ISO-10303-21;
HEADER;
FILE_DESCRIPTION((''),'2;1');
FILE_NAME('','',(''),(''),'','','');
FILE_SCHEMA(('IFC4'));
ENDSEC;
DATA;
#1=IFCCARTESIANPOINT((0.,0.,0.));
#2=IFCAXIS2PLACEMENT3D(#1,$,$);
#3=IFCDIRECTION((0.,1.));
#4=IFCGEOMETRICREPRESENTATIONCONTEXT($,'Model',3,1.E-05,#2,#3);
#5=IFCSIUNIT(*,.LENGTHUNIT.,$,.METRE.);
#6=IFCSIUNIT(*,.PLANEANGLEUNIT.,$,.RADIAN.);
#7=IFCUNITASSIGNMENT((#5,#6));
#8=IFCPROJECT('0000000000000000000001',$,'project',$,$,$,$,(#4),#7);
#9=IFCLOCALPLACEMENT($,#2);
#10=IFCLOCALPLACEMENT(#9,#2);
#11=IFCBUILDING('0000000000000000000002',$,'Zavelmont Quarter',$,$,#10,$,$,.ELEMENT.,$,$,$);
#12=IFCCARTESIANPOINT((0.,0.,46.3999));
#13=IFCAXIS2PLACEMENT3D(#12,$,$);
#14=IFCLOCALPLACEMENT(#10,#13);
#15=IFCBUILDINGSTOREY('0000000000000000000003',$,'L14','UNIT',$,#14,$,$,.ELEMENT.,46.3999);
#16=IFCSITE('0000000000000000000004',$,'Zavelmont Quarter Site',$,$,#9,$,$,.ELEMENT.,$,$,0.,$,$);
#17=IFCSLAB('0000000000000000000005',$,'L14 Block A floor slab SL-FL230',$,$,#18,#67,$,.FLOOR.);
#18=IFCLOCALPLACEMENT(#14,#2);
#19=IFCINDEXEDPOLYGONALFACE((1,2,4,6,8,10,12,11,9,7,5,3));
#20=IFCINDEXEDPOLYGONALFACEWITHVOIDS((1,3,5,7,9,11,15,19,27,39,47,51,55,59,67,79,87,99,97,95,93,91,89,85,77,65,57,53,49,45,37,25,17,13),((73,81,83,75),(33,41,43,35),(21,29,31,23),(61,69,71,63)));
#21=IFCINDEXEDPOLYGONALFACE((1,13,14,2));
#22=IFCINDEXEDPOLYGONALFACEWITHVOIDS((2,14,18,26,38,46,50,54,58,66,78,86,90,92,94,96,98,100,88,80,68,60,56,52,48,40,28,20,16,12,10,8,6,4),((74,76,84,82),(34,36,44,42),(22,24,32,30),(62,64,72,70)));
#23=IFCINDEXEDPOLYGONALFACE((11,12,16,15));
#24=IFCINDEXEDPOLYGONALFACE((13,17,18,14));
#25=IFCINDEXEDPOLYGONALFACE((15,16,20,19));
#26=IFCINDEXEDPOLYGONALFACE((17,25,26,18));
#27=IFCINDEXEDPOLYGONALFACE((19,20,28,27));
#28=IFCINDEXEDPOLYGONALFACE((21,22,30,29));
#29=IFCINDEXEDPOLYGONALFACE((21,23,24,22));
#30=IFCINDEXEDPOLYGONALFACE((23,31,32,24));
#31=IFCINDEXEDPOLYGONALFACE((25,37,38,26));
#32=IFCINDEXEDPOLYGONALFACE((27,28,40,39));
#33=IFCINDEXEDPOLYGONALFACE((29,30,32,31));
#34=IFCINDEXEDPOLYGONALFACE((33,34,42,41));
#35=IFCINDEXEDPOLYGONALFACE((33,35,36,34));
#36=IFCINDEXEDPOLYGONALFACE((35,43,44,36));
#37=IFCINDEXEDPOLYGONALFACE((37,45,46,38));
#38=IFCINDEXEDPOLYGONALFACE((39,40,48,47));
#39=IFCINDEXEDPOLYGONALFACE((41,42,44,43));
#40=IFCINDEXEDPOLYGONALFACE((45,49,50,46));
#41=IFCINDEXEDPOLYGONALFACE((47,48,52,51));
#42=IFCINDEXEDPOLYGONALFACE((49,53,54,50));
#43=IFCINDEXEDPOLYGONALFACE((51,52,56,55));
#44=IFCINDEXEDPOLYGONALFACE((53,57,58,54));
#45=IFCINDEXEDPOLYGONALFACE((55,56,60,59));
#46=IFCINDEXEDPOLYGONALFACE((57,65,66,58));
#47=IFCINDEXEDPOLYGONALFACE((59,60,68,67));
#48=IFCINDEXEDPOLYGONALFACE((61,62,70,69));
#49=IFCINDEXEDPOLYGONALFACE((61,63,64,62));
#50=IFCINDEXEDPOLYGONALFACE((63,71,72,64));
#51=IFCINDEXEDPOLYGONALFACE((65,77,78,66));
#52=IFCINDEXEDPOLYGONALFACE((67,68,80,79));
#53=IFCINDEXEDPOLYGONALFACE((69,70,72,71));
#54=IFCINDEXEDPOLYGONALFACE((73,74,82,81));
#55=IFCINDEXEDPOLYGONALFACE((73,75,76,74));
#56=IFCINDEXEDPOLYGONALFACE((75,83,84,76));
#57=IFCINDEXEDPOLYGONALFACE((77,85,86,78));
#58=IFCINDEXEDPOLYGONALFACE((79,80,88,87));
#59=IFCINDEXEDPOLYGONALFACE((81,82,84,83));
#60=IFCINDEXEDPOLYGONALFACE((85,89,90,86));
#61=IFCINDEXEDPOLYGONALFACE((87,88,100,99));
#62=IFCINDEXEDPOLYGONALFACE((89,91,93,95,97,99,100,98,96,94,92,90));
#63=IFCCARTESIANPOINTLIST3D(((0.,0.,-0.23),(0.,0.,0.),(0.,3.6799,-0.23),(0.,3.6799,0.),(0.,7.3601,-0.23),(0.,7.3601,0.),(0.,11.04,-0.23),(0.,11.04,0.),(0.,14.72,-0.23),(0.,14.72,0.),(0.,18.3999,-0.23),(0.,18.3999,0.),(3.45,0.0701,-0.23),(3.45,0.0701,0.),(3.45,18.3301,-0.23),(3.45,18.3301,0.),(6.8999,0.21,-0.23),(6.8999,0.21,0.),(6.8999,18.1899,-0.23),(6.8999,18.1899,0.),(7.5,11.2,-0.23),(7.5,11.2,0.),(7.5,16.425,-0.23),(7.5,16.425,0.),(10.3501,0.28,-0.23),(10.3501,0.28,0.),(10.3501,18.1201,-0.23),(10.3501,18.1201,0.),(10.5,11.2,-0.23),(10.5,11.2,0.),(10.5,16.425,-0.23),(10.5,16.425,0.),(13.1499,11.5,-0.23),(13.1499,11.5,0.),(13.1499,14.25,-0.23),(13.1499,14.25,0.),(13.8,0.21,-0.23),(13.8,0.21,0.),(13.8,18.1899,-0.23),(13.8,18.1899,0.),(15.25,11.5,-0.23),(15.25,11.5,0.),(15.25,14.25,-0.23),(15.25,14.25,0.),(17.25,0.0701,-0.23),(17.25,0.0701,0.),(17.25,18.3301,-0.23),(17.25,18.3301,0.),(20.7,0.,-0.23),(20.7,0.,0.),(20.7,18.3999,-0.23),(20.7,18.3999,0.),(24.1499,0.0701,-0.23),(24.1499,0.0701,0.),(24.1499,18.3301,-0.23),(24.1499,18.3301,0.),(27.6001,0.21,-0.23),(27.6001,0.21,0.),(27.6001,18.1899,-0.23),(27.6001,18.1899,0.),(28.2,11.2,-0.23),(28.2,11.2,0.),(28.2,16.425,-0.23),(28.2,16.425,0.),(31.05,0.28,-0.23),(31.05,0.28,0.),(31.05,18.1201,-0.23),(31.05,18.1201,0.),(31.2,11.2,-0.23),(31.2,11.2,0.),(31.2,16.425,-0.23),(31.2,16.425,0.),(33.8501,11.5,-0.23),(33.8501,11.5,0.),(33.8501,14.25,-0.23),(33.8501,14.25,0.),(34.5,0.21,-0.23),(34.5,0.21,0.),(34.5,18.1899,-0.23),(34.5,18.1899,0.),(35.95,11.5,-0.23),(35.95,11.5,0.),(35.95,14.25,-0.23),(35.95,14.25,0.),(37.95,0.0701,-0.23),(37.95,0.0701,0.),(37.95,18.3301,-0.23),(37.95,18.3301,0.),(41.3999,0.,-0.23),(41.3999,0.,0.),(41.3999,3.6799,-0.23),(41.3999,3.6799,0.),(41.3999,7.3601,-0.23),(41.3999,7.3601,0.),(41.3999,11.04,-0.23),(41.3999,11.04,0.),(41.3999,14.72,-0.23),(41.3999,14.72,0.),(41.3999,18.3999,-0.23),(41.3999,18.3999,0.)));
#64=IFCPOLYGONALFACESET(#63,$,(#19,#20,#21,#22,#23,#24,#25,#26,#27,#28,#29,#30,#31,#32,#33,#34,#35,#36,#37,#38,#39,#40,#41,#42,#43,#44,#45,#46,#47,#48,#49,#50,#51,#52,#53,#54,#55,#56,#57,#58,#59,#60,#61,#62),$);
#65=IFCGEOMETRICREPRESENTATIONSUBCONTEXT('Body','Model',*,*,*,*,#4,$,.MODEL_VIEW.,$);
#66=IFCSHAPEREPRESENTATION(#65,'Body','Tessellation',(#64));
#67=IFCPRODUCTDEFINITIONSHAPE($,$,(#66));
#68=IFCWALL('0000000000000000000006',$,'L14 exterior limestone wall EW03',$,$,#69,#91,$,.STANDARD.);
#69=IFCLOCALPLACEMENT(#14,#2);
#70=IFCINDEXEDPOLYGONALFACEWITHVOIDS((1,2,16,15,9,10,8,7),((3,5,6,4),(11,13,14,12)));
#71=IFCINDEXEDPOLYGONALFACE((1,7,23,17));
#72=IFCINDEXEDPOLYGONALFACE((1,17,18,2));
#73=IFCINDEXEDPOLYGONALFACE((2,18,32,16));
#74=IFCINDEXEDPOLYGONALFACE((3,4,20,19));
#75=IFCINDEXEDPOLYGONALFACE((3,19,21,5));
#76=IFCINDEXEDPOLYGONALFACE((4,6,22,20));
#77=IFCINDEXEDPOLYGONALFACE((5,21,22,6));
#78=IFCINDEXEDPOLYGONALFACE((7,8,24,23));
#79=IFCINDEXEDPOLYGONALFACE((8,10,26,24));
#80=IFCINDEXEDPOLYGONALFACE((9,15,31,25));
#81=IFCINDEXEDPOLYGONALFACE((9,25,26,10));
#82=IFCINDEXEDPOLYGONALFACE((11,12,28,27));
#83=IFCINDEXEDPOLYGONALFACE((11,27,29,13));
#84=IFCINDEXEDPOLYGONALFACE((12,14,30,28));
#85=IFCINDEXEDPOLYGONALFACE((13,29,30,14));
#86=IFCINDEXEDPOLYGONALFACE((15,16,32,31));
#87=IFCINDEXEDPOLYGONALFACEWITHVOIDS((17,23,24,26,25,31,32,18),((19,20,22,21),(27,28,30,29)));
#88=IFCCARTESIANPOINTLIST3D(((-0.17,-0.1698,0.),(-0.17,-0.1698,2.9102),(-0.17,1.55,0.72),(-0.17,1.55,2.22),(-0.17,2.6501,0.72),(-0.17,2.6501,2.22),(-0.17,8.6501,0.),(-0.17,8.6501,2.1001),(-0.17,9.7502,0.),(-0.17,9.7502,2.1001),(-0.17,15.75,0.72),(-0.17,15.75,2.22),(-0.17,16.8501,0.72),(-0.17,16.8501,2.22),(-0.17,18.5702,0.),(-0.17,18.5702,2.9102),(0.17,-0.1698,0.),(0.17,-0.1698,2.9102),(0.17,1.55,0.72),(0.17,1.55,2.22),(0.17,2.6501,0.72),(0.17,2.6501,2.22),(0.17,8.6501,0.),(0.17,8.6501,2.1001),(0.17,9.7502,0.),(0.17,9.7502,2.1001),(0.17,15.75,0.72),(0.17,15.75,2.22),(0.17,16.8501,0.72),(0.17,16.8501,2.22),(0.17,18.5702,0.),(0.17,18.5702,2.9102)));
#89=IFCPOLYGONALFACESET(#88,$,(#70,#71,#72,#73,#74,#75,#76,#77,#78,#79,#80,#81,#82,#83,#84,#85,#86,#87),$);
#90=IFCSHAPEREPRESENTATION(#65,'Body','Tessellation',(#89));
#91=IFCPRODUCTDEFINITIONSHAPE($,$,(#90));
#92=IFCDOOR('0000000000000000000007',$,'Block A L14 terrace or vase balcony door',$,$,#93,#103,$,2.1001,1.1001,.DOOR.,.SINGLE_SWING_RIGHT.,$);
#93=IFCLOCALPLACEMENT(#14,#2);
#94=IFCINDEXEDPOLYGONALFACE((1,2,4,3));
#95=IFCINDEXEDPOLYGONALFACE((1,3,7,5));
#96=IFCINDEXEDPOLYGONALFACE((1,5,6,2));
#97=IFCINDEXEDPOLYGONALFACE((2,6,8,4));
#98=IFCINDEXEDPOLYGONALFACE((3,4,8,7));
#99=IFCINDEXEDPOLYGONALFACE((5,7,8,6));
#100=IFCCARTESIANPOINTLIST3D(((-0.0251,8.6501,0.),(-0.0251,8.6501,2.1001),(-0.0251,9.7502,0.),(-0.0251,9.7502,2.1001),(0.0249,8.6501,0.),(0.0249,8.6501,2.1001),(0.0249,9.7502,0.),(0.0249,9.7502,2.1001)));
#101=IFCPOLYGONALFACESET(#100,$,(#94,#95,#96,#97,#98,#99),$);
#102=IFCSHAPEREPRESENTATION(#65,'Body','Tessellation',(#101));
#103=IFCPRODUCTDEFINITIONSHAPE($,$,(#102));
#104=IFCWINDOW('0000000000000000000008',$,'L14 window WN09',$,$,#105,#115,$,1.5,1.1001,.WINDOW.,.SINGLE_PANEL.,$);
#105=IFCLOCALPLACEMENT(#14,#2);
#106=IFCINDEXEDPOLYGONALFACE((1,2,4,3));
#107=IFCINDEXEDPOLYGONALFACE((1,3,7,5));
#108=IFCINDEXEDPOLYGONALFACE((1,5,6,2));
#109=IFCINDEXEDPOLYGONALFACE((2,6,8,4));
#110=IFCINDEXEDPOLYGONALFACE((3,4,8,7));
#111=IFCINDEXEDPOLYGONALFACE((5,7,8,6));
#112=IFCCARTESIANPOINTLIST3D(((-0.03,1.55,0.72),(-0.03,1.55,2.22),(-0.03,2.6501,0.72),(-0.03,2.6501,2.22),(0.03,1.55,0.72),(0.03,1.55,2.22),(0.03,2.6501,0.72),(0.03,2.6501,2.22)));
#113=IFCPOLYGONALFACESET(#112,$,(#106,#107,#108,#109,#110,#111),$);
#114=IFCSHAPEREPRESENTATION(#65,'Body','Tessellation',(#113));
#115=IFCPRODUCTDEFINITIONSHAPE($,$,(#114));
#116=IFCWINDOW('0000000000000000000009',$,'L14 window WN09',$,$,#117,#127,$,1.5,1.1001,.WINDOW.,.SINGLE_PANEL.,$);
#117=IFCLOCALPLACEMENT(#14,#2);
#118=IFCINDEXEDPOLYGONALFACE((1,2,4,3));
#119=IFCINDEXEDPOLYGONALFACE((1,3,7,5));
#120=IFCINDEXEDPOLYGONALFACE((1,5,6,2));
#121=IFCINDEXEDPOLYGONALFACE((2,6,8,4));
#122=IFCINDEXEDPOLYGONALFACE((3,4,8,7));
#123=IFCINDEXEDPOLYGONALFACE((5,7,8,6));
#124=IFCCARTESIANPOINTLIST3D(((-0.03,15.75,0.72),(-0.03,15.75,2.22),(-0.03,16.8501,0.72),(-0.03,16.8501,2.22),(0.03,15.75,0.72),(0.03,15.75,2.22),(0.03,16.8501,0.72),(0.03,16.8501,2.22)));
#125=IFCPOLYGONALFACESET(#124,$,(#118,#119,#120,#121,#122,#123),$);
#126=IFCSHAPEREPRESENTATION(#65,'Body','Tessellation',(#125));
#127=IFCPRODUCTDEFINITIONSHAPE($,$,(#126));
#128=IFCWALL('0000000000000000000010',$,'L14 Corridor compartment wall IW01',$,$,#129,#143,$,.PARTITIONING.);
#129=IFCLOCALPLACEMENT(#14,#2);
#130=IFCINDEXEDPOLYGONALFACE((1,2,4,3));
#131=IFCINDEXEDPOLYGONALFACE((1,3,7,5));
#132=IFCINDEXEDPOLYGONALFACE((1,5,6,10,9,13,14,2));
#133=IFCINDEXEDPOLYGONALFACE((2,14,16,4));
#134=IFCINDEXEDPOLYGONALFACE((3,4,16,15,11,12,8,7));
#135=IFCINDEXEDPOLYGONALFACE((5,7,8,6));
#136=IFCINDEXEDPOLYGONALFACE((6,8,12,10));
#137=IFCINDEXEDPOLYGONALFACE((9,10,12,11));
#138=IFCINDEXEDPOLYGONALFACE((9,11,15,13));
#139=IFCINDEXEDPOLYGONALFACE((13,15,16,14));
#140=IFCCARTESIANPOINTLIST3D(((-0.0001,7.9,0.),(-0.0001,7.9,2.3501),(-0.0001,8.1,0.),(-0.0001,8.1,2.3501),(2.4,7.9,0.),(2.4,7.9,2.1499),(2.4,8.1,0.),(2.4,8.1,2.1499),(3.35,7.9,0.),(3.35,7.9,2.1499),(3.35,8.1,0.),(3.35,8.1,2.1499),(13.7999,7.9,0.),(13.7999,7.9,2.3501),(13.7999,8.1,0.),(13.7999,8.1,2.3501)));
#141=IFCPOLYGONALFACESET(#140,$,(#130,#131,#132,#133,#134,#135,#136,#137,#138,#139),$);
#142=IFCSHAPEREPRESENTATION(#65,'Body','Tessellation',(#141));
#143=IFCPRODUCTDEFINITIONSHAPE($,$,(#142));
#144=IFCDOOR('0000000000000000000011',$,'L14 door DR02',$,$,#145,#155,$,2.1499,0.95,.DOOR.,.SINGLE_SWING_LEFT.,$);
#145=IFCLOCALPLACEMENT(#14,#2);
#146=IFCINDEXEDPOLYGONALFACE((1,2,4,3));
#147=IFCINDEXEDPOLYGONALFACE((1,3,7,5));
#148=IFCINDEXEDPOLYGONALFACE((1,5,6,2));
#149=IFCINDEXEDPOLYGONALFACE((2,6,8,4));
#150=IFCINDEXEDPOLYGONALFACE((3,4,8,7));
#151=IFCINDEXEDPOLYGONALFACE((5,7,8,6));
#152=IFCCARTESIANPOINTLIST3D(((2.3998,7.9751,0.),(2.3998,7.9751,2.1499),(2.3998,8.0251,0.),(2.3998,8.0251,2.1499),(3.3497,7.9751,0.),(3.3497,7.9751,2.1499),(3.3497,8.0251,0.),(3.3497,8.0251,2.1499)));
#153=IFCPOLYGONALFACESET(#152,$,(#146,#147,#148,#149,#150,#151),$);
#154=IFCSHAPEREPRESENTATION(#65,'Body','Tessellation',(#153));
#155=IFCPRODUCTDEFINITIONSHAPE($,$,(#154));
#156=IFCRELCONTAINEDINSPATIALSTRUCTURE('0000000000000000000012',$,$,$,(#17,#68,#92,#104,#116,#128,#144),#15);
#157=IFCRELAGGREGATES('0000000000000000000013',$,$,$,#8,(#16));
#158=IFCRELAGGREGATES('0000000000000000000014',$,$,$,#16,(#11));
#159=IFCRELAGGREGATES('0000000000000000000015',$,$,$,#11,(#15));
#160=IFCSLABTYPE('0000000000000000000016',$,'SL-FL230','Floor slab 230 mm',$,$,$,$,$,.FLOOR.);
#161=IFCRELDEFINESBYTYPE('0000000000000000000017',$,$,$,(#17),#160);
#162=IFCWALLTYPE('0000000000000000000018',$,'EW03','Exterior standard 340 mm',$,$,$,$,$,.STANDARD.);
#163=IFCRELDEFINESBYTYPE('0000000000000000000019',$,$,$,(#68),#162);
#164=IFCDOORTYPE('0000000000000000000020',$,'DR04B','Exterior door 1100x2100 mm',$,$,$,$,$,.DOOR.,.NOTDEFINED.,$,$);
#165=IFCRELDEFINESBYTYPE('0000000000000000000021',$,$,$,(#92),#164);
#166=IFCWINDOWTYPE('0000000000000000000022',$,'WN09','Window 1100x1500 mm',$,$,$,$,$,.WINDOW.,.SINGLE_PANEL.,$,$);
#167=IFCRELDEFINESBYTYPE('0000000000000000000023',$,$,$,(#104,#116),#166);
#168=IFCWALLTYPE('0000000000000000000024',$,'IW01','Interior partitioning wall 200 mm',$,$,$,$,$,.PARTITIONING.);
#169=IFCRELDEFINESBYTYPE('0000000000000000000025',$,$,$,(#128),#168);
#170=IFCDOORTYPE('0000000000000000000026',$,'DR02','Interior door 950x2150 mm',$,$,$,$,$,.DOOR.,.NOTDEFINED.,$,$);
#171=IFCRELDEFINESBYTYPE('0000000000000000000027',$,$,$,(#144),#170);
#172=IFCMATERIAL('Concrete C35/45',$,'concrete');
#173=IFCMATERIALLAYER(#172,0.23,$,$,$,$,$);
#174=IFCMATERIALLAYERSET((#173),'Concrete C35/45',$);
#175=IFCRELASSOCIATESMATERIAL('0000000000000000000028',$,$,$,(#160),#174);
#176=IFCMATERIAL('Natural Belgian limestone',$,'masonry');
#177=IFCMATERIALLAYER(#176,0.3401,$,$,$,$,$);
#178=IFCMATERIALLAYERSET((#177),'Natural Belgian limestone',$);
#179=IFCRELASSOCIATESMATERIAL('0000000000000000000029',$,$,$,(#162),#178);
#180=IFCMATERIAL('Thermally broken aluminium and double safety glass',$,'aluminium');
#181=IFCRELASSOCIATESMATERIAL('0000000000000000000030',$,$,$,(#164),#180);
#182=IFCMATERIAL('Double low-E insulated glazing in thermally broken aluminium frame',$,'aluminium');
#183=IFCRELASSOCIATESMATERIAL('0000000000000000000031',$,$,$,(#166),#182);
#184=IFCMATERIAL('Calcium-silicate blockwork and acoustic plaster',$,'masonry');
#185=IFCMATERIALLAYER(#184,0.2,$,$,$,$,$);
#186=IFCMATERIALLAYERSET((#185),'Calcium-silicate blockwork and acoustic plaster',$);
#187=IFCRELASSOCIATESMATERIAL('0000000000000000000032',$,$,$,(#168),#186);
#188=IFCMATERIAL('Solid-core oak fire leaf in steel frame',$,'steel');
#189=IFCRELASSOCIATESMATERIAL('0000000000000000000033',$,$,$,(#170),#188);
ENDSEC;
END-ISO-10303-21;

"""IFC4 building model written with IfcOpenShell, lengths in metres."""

from ifc_helpers import new_model, si_unit, direction, frame, frame_2d, origin, origin_with_axes, place, context, subcontext, project, spatial, polyline, rectangle, outline, extrude, material, layer, layer_set, type_object, element, fill, save


model = new_model("IFC4")

# Units and contexts
model_context = context("Model", 3, precision=1e-05, world=origin(), true_north=direction((0.0, 1.0)))
body_context = subcontext(model_context, "Body", "Model", "MODEL_VIEW")
ifc_project = project(units=[si_unit("LENGTHUNIT", "METRE"), si_unit("PLANEANGLEUNIT", "RADIAN")], contexts=[model_context])

# Site, building, storey
site_placement = place(None, origin())
site = spatial("IfcSite", under=ifc_project, at=site_placement, Name="Zavelmont Quarter Site", CompositionType="ELEMENT", RefElevation=0.0)
building_placement = place(site_placement, origin())
building = spatial("IfcBuilding", under=site, at=building_placement, Name="Zavelmont Quarter", CompositionType="ELEMENT")
storey_placement = place(building_placement, frame((0.0, 0.0, 46.3999)))
storey = spatial("IfcBuildingStorey", under=building, at=storey_placement, Name="L14", Description="UNIT", CompositionType="ELEMENT", Elevation=46.3999)

# Shared definitions
ifc_material_1 = material(Name="Concrete C35/45", Category="concrete")

# Slab
ifc_layer_1 = layer(ifc_material_1, 0.23)
ifc_layer_set_1 = layer_set([ifc_layer_1], Name="Concrete C35/45")
slab_type_1 = type_object("IfcSlabType", Name="SL-FL230", Description="Floor slab 230 mm", PredefinedType="FLOOR", material=ifc_layer_set_1)
slab_1_placement = place(storey_placement, frame((0.0, 0.0, -0.23)))
element("IfcSlab", 1, at=slab_1_placement, inside=storey, type_object=slab_type_1, Name="L14 Block A floor slab SL-FL230", PredefinedType="FLOOR", context=body_context, shape_type="SweptSolid", body=[
    extrude(outline(polyline([(0.0, 0.0), (3.45, 0.0701), (6.8999, 0.21), (10.3501, 0.28), (13.8, 0.21), (17.25, 0.0701), (20.7, 0.0), (24.1499, 0.0701), (27.6001, 0.21), (31.05, 0.28), (34.5, 0.21), (37.95, 0.0701), (41.3999, 0.0), (41.3999, 3.6799), (41.3999, 7.3601), (41.3999, 11.04), (41.3999, 14.72), (41.3999, 18.3999), (37.95, 18.3301), (34.5, 18.1899), (31.05, 18.1201), (27.6001, 18.1899), (24.1499, 18.3301), (20.7, 18.3999), (17.25, 18.3301), (13.8, 18.1899), (10.3501, 18.1201), (6.8999, 18.1899), (3.45, 18.3301), (0.0, 18.3999), (0.0, 14.72), (0.0, 11.04), (0.0, 7.3601), (0.0, 3.6799), (0.0, 0.0)]), holes=[polyline([(7.5, 16.425), (7.5, 11.2), (10.5, 11.2), (10.5, 16.425), (7.5, 16.425)]), polyline([(13.1499, 11.5), (15.25, 11.5), (15.25, 14.25), (13.1499, 14.25), (13.1499, 11.5)]), polyline([(28.2, 16.425), (28.2, 11.2), (31.2, 11.2), (31.2, 16.425), (28.2, 16.425)]), polyline([(33.8501, 11.5), (35.95, 11.5), (35.95, 14.25), (33.8501, 14.25), (33.8501, 11.5)])]), origin(), (0.0, 0.0, 1.0), 0.23),
])

# Wall, openings, door, windows
ifc_material_2 = material(Name="Natural Belgian limestone", Category="masonry")
ifc_layer_2 = layer(ifc_material_2, 0.3401)
ifc_layer_set_2 = layer_set([ifc_layer_2], Name="Natural Belgian limestone")
wall_type_1 = type_object("IfcWallType", Name="EW03", Description="Exterior standard 340 mm", PredefinedType="STANDARD", material=ifc_layer_set_2)
wall_1_placement = place(storey_placement, frame((0.0, -0.1699, 0.0), z_axis=(0.0, 0.0, 1.0), x_axis=(0.0, 1.0, 0.0)))
wall_1 = element("IfcWall", 2, at=wall_1_placement, inside=storey, type_object=wall_type_1, Name="L14 exterior limestone wall EW03", PredefinedType="STANDARD", context=body_context, shape_type="SweptSolid", body=[
    extrude(rectangle(XDim=18.74, YDim=0.3401, at=frame_2d((9.3701, 0.0))), origin(), (0.0, 0.0, 1.0), 2.9102),
])
opening_1_placement = place(wall_1_placement, frame((8.8201, 0.0, 0.0)))
opening_1 = element("IfcOpeningElement", 3, at=opening_1_placement, cuts=wall_1, PredefinedType="OPENING", context=body_context, shape_type="SweptSolid", body=[
    extrude(rectangle(XDim=1.1001, YDim=2.1001, at=frame_2d((0.55, 1.05))), frame((0.0, 0.1821, 0.0), z_axis=(0.0, -1.0, 0.0), x_axis=(1.0, 0.0, 0.0)), (0.0, 0.0, 1.0), 0.364),
])
opening_2_placement = place(wall_1_placement, frame((1.72, 0.0, 0.72)))
opening_2 = element("IfcOpeningElement", 4, at=opening_2_placement, cuts=wall_1, PredefinedType="OPENING", context=body_context, shape_type="SweptSolid", body=[
    extrude(rectangle(XDim=1.1001, YDim=1.5, at=frame_2d((0.55, 0.75))), frame((0.0, 0.1821, 0.0), z_axis=(0.0, -1.0, 0.0), x_axis=(1.0, 0.0, 0.0)), (0.0, 0.0, 1.0), 0.364),
])
opening_3_placement = place(wall_1_placement, frame((15.9199, 0.0, 0.72)))
opening_3 = element("IfcOpeningElement", 5, at=opening_3_placement, cuts=wall_1, PredefinedType="OPENING", context=body_context, shape_type="SweptSolid", body=[
    extrude(rectangle(XDim=1.1001, YDim=1.5, at=frame_2d((0.55, 0.75))), frame((0.0, 0.1821, 0.0), z_axis=(0.0, -1.0, 0.0), x_axis=(1.0, 0.0, 0.0)), (0.0, 0.0, 1.0), 0.364),
])
ifc_material_3 = material(Name="Thermally broken aluminium and double safety glass", Category="aluminium")
door_type_1 = type_object("IfcDoorType", Name="DR04B", Description="Exterior door 1100x2100 mm", OperationType="NOTDEFINED", PredefinedType="DOOR", material=ifc_material_3)
door_1_placement = place(opening_1_placement, frame((1.1001, 0.0, 0.0), z_axis=(0.0, 0.0, 1.0), x_axis=(-1.0, 0.0, 0.0)))
door_1 = element("IfcDoor", 6, at=door_1_placement, inside=storey, type_object=door_type_1, Name="Block A L14 terrace or vase balcony door", OperationType="SINGLE_SWING_RIGHT", OverallHeight=2.1001, OverallWidth=1.1001, PredefinedType="DOOR", context=body_context, shape_type="SweptSolid", body=[
    extrude(rectangle(XDim=1.1001, YDim=2.1001, at=frame_2d((0.55, 1.05))), frame((0.0, 0.0249, 0.0), z_axis=(0.0, -1.0, 0.0), x_axis=(1.0, 0.0, 0.0)), (0.0, 0.0, 1.0), 0.05),
])
fill(opening_1, door_1)
ifc_material_4 = material(Name="Double low-E insulated glazing in thermally broken aluminium frame", Category="aluminium")
window_type = type_object("IfcWindowType", Name="WN09", Description="Window 1100x1500 mm", PartitioningType="SINGLE_PANEL", PredefinedType="WINDOW", material=ifc_material_4)
window_1_placement = place(opening_2_placement, origin_with_axes())
window_1 = element("IfcWindow", 7, at=window_1_placement, inside=storey, type_object=window_type, Name="L14 window WN09", OverallHeight=1.5, OverallWidth=1.1001, PartitioningType="SINGLE_PANEL", PredefinedType="WINDOW", context=body_context, shape_type="SweptSolid", body=[
    extrude(rectangle(XDim=1.1001, YDim=1.5, at=frame_2d((0.55, 0.75))), frame((0.0, 0.03, 0.0), z_axis=(0.0, -1.0, 0.0), x_axis=(1.0, 0.0, 0.0)), (0.0, 0.0, 1.0), 0.0601),
])
fill(opening_2, window_1)
window_2_placement = place(opening_3_placement, origin_with_axes())
window_2 = element("IfcWindow", 8, at=window_2_placement, inside=storey, type_object=window_type, Name="L14 window WN09", OverallHeight=1.5, OverallWidth=1.1001, PartitioningType="SINGLE_PANEL", PredefinedType="WINDOW", context=body_context, shape_type="SweptSolid", body=[
    extrude(rectangle(XDim=1.1001, YDim=1.5, at=frame_2d((0.55, 0.75))), frame((0.0, 0.03, 0.0), z_axis=(0.0, -1.0, 0.0), x_axis=(1.0, 0.0, 0.0)), (0.0, 0.0, 1.0), 0.0601),
])
fill(opening_3, window_2)

# Wall, opening, door
ifc_material_5 = material(Name="Calcium-silicate blockwork and acoustic plaster", Category="masonry")
ifc_layer_3 = layer(ifc_material_5, 0.2)
ifc_layer_set_3 = layer_set([ifc_layer_3], Name="Calcium-silicate blockwork and acoustic plaster")
wall_type_2 = type_object("IfcWallType", Name="IW01", Description="Interior partitioning wall 200 mm", PredefinedType="PARTITIONING", material=ifc_layer_set_3)
wall_2_placement = place(storey_placement, frame((0.0, 8.0, 0.0), z_axis=(0.0, 0.0, 1.0), x_axis=(1.0, 0.0, 0.0)))
wall_2 = element("IfcWall", 9, at=wall_2_placement, inside=storey, type_object=wall_type_2, Name="L14 Corridor compartment wall IW01", PredefinedType="PARTITIONING", context=body_context, shape_type="SweptSolid", body=[
    extrude(rectangle(XDim=13.8, YDim=0.2, at=frame_2d((6.8999, 0.0))), origin(), (0.0, 0.0, 1.0), 2.3501),
])
opening_4_placement = place(wall_2_placement, frame((2.3999, 0.0, 0.0)))
opening_4 = element("IfcOpeningElement", 10, at=opening_4_placement, cuts=wall_2, PredefinedType="OPENING", context=body_context, shape_type="SweptSolid", body=[
    extrude(rectangle(XDim=0.95, YDim=2.1499, at=frame_2d((0.4751, 1.075))), frame((0.0, 0.1118, 0.0), z_axis=(0.0, -1.0, 0.0), x_axis=(1.0, 0.0, 0.0)), (0.0, 0.0, 1.0), 0.2239),
])
ifc_material_6 = material(Name="Solid-core oak fire leaf in steel frame", Category="steel")
door_type_2 = type_object("IfcDoorType", Name="DR02", Description="Interior door 950x2150 mm", OperationType="NOTDEFINED", PredefinedType="DOOR", material=ifc_material_6)
door_2_placement = place(opening_4_placement, frame((0.95, 0.0, 0.0), z_axis=(0.0, 0.0, 1.0), x_axis=(-1.0, 0.0, 0.0)))
door_2 = element("IfcDoor", 11, at=door_2_placement, inside=storey, type_object=door_type_2, Name="L14 door DR02", OperationType="SINGLE_SWING_LEFT", OverallHeight=2.1499, OverallWidth=0.95, PredefinedType="DOOR", context=body_context, shape_type="SweptSolid", body=[
    extrude(rectangle(XDim=0.95, YDim=2.1499, at=frame_2d((0.4751, 1.075))), frame((0.0, 0.0249, 0.0), z_axis=(0.0, -1.0, 0.0), x_axis=(1.0, 0.0, 0.0)), (0.0, 0.0, 1.0), 0.05),
])
fill(opening_4, door_2)

save(model, "model.ifc")
